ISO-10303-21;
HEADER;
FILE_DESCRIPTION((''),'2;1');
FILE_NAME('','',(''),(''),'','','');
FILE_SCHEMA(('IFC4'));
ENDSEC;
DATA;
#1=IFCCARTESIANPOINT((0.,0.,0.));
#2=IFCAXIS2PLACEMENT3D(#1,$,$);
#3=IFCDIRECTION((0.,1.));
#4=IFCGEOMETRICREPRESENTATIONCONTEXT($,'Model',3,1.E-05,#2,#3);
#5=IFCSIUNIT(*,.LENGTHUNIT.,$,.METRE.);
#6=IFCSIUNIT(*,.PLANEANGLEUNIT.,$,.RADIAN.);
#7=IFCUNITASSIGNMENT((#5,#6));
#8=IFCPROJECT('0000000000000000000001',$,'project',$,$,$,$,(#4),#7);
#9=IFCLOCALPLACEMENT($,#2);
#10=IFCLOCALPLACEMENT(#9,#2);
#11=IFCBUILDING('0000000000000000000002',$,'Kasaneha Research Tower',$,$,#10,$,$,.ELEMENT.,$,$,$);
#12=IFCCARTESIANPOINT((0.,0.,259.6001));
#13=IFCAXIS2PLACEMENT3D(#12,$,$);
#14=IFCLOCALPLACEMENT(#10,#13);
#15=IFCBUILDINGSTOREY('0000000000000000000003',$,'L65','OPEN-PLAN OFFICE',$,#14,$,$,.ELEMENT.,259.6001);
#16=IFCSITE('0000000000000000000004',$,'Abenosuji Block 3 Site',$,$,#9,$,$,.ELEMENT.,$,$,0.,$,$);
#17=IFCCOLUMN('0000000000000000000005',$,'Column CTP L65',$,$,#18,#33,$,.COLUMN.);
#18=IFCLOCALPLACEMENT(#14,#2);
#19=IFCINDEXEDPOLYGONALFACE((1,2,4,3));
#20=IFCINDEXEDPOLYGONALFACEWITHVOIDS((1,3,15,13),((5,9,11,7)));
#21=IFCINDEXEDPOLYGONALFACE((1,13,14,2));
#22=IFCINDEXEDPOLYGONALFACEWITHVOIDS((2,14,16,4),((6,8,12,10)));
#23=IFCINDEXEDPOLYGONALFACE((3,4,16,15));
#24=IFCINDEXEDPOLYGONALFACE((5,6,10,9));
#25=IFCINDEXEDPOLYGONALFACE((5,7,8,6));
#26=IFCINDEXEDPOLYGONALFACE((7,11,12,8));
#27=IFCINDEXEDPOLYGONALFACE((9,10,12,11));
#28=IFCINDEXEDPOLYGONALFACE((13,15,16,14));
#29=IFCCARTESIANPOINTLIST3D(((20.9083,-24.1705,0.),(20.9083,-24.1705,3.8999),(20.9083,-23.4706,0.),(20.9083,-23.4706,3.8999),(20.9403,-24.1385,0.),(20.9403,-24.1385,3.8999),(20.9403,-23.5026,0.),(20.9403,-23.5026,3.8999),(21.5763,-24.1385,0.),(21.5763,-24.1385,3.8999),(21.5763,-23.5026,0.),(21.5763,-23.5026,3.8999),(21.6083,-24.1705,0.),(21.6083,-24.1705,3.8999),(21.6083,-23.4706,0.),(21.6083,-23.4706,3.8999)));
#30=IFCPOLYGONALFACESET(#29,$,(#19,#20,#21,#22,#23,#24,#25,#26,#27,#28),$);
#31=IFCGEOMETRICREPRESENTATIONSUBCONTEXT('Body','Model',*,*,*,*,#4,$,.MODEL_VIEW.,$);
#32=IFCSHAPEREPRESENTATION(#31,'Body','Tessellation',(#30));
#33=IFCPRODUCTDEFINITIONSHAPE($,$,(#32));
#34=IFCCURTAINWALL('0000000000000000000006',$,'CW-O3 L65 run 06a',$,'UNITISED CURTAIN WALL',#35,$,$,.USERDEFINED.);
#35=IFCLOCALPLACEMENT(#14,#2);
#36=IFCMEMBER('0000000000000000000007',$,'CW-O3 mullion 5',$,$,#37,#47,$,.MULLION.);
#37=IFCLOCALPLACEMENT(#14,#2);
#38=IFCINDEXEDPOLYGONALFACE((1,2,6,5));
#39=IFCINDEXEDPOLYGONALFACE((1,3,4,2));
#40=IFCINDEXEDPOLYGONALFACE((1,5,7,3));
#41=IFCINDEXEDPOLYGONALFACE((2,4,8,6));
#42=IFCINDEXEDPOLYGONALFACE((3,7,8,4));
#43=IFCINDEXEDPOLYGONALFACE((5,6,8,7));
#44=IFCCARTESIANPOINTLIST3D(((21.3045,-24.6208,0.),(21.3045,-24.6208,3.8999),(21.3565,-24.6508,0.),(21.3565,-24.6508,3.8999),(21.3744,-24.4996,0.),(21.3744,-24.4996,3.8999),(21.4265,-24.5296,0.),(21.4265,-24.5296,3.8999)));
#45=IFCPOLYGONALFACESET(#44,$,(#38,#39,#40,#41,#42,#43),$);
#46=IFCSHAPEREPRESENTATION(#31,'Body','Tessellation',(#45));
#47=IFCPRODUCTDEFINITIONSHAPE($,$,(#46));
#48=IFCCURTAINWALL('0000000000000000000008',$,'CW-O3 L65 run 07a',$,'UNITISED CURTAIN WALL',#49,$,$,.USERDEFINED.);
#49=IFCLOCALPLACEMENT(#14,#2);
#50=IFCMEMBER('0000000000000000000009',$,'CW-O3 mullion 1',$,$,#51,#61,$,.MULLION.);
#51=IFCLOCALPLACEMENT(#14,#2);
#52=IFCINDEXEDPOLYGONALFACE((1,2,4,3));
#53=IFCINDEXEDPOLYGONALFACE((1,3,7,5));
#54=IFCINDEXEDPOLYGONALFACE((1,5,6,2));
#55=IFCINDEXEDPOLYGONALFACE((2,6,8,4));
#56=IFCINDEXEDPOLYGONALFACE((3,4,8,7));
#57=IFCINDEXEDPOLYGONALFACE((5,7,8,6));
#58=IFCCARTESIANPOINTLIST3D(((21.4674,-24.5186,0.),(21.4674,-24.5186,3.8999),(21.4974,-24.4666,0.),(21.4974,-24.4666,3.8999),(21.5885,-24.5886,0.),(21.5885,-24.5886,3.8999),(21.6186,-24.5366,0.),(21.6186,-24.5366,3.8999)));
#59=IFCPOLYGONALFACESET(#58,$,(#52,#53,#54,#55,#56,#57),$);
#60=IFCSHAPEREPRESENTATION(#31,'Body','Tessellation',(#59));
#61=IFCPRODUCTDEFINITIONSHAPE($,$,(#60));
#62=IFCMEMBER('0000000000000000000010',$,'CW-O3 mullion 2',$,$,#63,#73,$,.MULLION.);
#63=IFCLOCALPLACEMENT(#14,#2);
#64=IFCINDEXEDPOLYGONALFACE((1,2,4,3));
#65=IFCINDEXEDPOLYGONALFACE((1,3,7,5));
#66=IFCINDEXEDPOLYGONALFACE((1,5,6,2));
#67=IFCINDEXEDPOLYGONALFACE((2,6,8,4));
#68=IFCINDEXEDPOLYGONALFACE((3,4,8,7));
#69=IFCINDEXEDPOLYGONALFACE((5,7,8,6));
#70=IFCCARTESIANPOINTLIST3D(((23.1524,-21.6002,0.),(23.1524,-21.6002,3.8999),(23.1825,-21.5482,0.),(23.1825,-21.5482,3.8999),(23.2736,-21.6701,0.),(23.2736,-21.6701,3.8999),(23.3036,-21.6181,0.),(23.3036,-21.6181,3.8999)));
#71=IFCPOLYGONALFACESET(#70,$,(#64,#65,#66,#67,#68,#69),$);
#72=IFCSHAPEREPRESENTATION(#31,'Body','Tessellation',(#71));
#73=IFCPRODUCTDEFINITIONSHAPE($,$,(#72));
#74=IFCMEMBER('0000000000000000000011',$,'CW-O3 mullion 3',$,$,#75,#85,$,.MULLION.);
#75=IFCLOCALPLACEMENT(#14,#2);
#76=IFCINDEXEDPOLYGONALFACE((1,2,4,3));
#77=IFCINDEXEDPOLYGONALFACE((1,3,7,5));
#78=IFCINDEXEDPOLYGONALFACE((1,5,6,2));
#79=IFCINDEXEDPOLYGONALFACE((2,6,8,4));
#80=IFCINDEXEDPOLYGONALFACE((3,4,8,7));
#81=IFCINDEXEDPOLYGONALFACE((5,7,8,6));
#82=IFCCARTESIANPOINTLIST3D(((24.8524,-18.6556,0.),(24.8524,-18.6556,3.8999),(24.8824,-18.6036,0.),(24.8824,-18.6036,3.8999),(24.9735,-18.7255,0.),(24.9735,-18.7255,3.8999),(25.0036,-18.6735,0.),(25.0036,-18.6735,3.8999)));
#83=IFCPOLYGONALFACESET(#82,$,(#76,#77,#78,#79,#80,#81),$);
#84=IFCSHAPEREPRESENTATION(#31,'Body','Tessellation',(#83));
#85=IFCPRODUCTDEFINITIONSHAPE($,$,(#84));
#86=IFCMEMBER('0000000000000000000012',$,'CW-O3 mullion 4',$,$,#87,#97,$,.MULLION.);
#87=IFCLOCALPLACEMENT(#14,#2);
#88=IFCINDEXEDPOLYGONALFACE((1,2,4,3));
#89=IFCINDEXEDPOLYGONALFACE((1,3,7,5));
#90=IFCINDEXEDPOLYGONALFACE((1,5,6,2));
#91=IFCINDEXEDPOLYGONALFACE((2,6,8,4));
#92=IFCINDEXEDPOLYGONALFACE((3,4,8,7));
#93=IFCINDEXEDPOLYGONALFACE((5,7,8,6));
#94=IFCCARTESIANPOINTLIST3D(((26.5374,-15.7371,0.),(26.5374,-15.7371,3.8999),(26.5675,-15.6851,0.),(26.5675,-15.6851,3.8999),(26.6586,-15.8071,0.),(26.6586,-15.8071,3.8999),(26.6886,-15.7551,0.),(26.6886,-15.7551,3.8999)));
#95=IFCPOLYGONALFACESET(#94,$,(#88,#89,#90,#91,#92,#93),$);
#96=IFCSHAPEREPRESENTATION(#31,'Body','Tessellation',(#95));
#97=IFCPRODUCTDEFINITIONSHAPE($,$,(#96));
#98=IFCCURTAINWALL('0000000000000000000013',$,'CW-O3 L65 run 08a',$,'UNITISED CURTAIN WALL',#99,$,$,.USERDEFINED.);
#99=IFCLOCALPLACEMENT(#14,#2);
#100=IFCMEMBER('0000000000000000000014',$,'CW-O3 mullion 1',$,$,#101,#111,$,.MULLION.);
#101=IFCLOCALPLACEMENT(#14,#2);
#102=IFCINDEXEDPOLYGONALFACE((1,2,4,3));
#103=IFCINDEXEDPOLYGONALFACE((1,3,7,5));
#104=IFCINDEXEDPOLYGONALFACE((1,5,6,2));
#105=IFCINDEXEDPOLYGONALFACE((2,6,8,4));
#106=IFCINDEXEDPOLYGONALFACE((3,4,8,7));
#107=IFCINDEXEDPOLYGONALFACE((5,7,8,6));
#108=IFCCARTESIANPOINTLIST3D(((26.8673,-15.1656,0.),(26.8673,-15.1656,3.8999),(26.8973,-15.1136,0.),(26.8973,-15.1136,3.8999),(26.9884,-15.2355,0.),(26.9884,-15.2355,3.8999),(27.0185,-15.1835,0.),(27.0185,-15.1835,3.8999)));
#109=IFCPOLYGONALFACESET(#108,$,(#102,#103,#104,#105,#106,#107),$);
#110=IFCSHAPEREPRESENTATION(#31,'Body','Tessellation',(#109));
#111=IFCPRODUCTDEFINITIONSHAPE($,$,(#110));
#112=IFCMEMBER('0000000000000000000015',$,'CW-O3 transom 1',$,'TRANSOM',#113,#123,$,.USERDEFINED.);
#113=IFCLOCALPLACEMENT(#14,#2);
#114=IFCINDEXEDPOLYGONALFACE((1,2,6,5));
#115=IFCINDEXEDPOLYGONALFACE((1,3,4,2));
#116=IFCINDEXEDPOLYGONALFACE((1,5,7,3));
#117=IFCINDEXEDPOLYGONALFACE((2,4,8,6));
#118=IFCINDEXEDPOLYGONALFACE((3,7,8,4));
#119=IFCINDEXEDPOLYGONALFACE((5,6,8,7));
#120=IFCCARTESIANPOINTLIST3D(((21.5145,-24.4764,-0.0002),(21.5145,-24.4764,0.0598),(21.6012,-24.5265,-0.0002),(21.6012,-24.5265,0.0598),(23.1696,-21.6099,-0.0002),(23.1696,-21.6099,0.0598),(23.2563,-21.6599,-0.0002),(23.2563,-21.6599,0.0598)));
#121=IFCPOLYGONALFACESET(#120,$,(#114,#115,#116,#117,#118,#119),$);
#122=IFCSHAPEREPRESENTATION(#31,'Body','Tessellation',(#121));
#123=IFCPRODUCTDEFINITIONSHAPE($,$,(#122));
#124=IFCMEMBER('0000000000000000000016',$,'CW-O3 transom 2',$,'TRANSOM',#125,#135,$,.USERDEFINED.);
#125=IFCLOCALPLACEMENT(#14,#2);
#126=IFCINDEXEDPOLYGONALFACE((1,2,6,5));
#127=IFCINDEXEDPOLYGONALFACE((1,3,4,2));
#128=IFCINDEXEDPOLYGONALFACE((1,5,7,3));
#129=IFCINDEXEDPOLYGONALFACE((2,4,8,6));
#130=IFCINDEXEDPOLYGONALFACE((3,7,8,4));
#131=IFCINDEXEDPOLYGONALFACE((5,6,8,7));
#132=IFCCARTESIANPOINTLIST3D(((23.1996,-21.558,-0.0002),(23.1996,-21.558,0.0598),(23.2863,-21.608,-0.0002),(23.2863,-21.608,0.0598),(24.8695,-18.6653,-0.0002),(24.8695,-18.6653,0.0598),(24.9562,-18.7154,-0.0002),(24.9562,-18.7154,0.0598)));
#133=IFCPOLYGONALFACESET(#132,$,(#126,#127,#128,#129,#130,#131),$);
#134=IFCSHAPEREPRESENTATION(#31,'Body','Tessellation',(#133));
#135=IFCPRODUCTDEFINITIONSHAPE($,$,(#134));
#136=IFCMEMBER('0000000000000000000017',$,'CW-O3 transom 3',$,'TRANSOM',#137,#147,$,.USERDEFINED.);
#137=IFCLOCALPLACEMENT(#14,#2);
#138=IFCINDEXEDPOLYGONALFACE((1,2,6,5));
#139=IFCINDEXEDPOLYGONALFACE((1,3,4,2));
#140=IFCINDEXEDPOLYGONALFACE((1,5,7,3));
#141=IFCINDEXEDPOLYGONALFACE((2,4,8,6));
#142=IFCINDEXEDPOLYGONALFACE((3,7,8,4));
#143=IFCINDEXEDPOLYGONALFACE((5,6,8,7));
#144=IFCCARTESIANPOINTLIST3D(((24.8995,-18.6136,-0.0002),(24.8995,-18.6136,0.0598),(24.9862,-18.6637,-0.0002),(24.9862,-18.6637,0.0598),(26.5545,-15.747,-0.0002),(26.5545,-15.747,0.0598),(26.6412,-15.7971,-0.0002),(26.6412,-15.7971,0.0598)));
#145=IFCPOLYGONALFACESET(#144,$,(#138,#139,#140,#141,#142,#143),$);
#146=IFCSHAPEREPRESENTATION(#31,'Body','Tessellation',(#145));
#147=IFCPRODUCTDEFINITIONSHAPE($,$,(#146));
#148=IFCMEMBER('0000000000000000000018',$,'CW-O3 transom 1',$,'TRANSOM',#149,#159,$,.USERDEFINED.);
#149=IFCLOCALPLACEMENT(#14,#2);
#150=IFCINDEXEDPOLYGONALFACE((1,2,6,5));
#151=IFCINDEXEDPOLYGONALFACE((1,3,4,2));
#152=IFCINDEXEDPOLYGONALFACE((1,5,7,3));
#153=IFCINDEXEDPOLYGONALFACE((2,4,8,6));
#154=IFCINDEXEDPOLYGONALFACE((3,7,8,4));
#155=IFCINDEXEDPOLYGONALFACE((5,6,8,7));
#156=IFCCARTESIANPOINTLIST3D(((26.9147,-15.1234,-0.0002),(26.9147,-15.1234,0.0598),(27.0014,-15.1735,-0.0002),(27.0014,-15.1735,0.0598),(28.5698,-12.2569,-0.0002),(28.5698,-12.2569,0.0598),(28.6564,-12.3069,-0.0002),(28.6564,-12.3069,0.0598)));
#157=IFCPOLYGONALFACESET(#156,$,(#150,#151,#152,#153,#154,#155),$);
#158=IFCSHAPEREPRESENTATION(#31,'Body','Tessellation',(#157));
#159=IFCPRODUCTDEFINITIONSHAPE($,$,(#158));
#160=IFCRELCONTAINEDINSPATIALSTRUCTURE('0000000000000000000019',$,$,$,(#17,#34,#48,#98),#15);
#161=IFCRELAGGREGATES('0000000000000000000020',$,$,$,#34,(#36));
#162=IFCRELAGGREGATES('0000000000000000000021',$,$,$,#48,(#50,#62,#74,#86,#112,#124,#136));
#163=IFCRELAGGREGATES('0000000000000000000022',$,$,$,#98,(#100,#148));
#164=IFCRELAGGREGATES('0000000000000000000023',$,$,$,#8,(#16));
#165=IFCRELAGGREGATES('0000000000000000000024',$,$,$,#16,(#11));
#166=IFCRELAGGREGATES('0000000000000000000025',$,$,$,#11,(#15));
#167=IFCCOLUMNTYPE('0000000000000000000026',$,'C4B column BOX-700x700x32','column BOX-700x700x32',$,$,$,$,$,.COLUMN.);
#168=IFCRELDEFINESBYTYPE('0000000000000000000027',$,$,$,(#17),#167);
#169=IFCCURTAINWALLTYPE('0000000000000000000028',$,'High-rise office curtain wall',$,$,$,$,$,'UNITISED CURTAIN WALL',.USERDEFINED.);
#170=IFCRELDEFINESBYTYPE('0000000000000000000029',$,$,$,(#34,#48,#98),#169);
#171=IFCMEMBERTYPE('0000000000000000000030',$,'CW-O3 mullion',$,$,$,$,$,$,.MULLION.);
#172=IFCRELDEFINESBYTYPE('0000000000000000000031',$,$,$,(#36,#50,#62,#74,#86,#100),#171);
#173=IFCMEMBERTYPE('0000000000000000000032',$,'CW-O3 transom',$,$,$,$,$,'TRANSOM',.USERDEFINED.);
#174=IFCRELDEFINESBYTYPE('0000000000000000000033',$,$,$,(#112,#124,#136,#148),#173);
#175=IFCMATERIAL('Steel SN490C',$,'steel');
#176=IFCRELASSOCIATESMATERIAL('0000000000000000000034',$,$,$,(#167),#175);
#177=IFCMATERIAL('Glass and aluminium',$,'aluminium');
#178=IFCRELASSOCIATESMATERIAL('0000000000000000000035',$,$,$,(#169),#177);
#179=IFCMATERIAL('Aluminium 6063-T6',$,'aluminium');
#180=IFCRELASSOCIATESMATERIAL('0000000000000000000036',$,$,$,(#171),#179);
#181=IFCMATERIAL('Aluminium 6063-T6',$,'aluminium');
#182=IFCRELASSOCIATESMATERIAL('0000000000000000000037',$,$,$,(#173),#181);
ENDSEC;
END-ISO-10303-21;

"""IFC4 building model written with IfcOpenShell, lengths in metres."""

from ifc_helpers import new_model, si_unit, direction, frame, origin, origin_2d, place, context, subcontext, project, spatial, rectangle, hollow_rectangle, extrude, material, material_profile, profile_set, type_object, element, aggregate, save


model = new_model("IFC4")

# Units and contexts
model_context = context("Model", 3, precision=1e-05, world=origin(), true_north=direction((0.0, 1.0)))
body_context = subcontext(model_context, "Body", "Model", "MODEL_VIEW")
ifc_project = project(units=[si_unit("LENGTHUNIT", "METRE"), si_unit("PLANEANGLEUNIT", "RADIAN")], contexts=[model_context])

# Site, building, storey
site_placement = place(None, origin())
site = spatial("IfcSite", under=ifc_project, at=site_placement, Name="Abenosuji Block 3 Site", CompositionType="ELEMENT", RefElevation=0.0)
building_placement = place(site_placement, origin())
building = spatial("IfcBuilding", under=site, at=building_placement, Name="Kasaneha Research Tower", CompositionType="ELEMENT")
storey_placement = place(building_placement, frame((0.0, 0.0, 259.6001)))
storey = spatial("IfcBuildingStorey", under=building, at=storey_placement, Name="L65", Description="OPEN-PLAN OFFICE", CompositionType="ELEMENT", Elevation=259.6001)

# Column
ifc_material_1 = material(Name="Steel SN490C", Category="steel")
ifc_material_profile_1 = material_profile(ifc_material_1, hollow_rectangle(XDim=0.7, YDim=0.7, WallThickness=0.032, at=origin_2d()), Name="BOX-700x700x32")
ifc_profile_set_1 = profile_set([ifc_material_profile_1], Name="Steel SN490C")
column_type = type_object("IfcColumnType", Name="C4B column BOX-700x700x32", Description="column BOX-700x700x32", PredefinedType="COLUMN", material=ifc_profile_set_1)
column_placement = place(storey_placement, frame((21.2583, -23.8206, 0.0), z_axis=(0.0, 0.0, 1.0), x_axis=(1.0, 0.0, 0.0)))
element("IfcColumn", 1, at=column_placement, inside=storey, type_object=column_type, Name="Column CTP L65", PredefinedType="COLUMN", context=body_context, shape_type="SweptSolid", body=[
    extrude(hollow_rectangle(XDim=0.7, YDim=0.7, WallThickness=0.032, at=origin_2d()), origin(), (0.0, 0.0, 1.0), 3.8999),
])

# Curtain wall, member
ifc_material_2 = material(Name="Glass and aluminium", Category="aluminium")
curtain_wall_type = type_object("IfcCurtainWallType", Name="High-rise office curtain wall", ElementType="UNITISED CURTAIN WALL", PredefinedType="USERDEFINED", material=ifc_material_2)
curtain_wall_1_placement = place(storey_placement, origin())
curtain_wall_1 = element("IfcCurtainWall", 2, at=curtain_wall_1_placement, inside=storey, type_object=curtain_wall_type, Name="CW-O3 L65 run 06a", ObjectType="UNITISED CURTAIN WALL", PredefinedType="USERDEFINED")
ifc_material_3 = material(Name="Aluminium 6063-T6", Category="aluminium")
ifc_material_profile_2 = material_profile(ifc_material_3, rectangle(XDim=0.0601, YDim=0.1399, at=origin_2d()), Name="CW-O3 mullion 60x140")
ifc_profile_set_2 = profile_set([ifc_material_profile_2], Name="Aluminium 6063-T6")
member_type_1 = type_object("IfcMemberType", Name="CW-O3 mullion", PredefinedType="MULLION", material=ifc_profile_set_2)
member_1_placement = place(storey_placement, frame((21.3655, -24.5752, 0.0), z_axis=(0.0, 0.0, 1.0), x_axis=(0.866025, -0.5, 0.0)))
member_1 = element("IfcMember", 3, at=member_1_placement, type_object=member_type_1, Name="CW-O3 mullion 5", PredefinedType="MULLION", context=body_context, shape_type="SweptSolid", body=[
    extrude(rectangle(XDim=0.0601, YDim=0.1399, at=origin_2d()), origin(), (0.0, 0.0, 1.0), 3.8999),
])

# Curtain wall, members
curtain_wall_2_placement = place(storey_placement, origin())
curtain_wall_2 = element("IfcCurtainWall", 4, at=curtain_wall_2_placement, inside=storey, type_object=curtain_wall_type, Name="CW-O3 L65 run 07a", ObjectType="UNITISED CURTAIN WALL", PredefinedType="USERDEFINED")
member_2_placement = place(storey_placement, frame((21.543, -24.5276, 0.0), z_axis=(0.0, 0.0, 1.0), x_axis=(0.5, 0.866025, 0.0)))
member_2 = element("IfcMember", 5, at=member_2_placement, type_object=member_type_1, Name="CW-O3 mullion 1", PredefinedType="MULLION", context=body_context, shape_type="SweptSolid", body=[
    extrude(rectangle(XDim=0.0601, YDim=0.1399, at=origin_2d()), origin(), (0.0, 0.0, 1.0), 3.8999),
])
member_3_placement = place(storey_placement, frame((23.228, -21.6091, 0.0), z_axis=(0.0, 0.0, 1.0), x_axis=(0.5, 0.866025, 0.0)))
member_3 = element("IfcMember", 6, at=member_3_placement, type_object=member_type_1, Name="CW-O3 mullion 2", PredefinedType="MULLION", context=body_context, shape_type="SweptSolid", body=[
    extrude(rectangle(XDim=0.0601, YDim=0.1399, at=origin_2d()), origin(), (0.0, 0.0, 1.0), 3.8999),
])
member_4_placement = place(storey_placement, frame((24.928, -18.6646, 0.0), z_axis=(0.0, 0.0, 1.0), x_axis=(0.5, 0.866025, 0.0)))
member_4 = element("IfcMember", 7, at=member_4_placement, type_object=member_type_1, Name="CW-O3 mullion 3", PredefinedType="MULLION", context=body_context, shape_type="SweptSolid", body=[
    extrude(rectangle(XDim=0.0601, YDim=0.1399, at=origin_2d()), origin(), (0.0, 0.0, 1.0), 3.8999),
])
member_5_placement = place(storey_placement, frame((26.613, -15.7461, 0.0), z_axis=(0.0, 0.0, 1.0), x_axis=(0.5, 0.866025, 0.0)))
member_5 = element("IfcMember", 8, at=member_5_placement, type_object=member_type_1, Name="CW-O3 mullion 4", PredefinedType="MULLION", context=body_context, shape_type="SweptSolid", body=[
    extrude(rectangle(XDim=0.0601, YDim=0.1399, at=origin_2d()), origin(), (0.0, 0.0, 1.0), 3.8999),
])

# Curtain wall, member
curtain_wall_3_placement = place(storey_placement, origin())
curtain_wall_3 = element("IfcCurtainWall", 9, at=curtain_wall_3_placement, inside=storey, type_object=curtain_wall_type, Name="CW-O3 L65 run 08a", ObjectType="UNITISED CURTAIN WALL", PredefinedType="USERDEFINED")
member_6_placement = place(storey_placement, frame((26.9429, -15.1746, 0.0), z_axis=(0.0, 0.0, 1.0), x_axis=(0.5, 0.866025, 0.0)))
member_6 = element("IfcMember", 10, at=member_6_placement, type_object=member_type_1, Name="CW-O3 mullion 1", PredefinedType="MULLION", context=body_context, shape_type="SweptSolid", body=[
    extrude(rectangle(XDim=0.0601, YDim=0.1399, at=origin_2d()), origin(), (0.0, 0.0, 1.0), 3.8999),
])

# Members
ifc_material_4 = material(Name="Aluminium 6063-T6", Category="aluminium")
ifc_material_profile_3 = material_profile(ifc_material_4, rectangle(XDim=0.1001, YDim=0.0601, at=origin_2d()), Name="CW-O3 transom 100x60")
ifc_profile_set_3 = profile_set([ifc_material_profile_3], Name="Aluminium 6063-T6")
member_type_2 = type_object("IfcMemberType", Name="CW-O3 transom", ElementType="TRANSOM", PredefinedType="USERDEFINED", material=ifc_profile_set_3)
member_7_placement = place(storey_placement, frame((21.5579, -24.5015, 0.0298), z_axis=(0.500018, 0.866015, 0.0), x_axis=(-0.866015, 0.500018, 0.0)))
member_7 = element("IfcMember", 11, at=member_7_placement, type_object=member_type_2, Name="CW-O3 transom 1", ObjectType="TRANSOM", PredefinedType="USERDEFINED", context=body_context, shape_type="SweptSolid", body=[
    extrude(rectangle(XDim=0.1001, YDim=0.0601, at=origin_2d()), origin(), (0.0, 0.0, 1.0), 3.3101),
])
member_8_placement = place(storey_placement, frame((23.2429, -21.583, 0.0298), z_axis=(0.499976, 0.86604, 0.0), x_axis=(-0.86604, 0.499976, 0.0)))
member_8 = element("IfcMember", 12, at=member_8_placement, type_object=member_type_2, Name="CW-O3 transom 2", ObjectType="TRANSOM", PredefinedType="USERDEFINED", context=body_context, shape_type="SweptSolid", body=[
    extrude(rectangle(XDim=0.1001, YDim=0.0601, at=origin_2d()), origin(), (0.0, 0.0, 1.0), 3.3401),
])
member_9_placement = place(storey_placement, frame((24.9429, -18.6387, 0.0298), z_axis=(0.499986, 0.866033, 0.0), x_axis=(-0.866033, 0.499986, 0.0)))
member_9 = element("IfcMember", 13, at=member_9_placement, type_object=member_type_2, Name="CW-O3 transom 3", ObjectType="TRANSOM", PredefinedType="USERDEFINED", context=body_context, shape_type="SweptSolid", body=[
    extrude(rectangle(XDim=0.1001, YDim=0.0601, at=origin_2d()), origin(), (0.0, 0.0, 1.0), 3.3101),
])
member_10_placement = place(storey_placement, frame((26.958, -15.1484, 0.0298), z_axis=(0.500018, 0.866015, 0.0), x_axis=(-0.866015, 0.500018, 0.0)))
member_10 = element("IfcMember", 14, at=member_10_placement, type_object=member_type_2, Name="CW-O3 transom 1", ObjectType="TRANSOM", PredefinedType="USERDEFINED", context=body_context, shape_type="SweptSolid", body=[
    extrude(rectangle(XDim=0.1001, YDim=0.0601, at=origin_2d()), origin(), (0.0, 0.0, 1.0), 3.3101),
])

aggregate(curtain_wall_1, [member_1])
aggregate(curtain_wall_2, [member_2, member_3, member_4, member_5, member_7, member_8, member_9])
aggregate(curtain_wall_3, [member_6, member_10])

save(model, "model.ifc")
